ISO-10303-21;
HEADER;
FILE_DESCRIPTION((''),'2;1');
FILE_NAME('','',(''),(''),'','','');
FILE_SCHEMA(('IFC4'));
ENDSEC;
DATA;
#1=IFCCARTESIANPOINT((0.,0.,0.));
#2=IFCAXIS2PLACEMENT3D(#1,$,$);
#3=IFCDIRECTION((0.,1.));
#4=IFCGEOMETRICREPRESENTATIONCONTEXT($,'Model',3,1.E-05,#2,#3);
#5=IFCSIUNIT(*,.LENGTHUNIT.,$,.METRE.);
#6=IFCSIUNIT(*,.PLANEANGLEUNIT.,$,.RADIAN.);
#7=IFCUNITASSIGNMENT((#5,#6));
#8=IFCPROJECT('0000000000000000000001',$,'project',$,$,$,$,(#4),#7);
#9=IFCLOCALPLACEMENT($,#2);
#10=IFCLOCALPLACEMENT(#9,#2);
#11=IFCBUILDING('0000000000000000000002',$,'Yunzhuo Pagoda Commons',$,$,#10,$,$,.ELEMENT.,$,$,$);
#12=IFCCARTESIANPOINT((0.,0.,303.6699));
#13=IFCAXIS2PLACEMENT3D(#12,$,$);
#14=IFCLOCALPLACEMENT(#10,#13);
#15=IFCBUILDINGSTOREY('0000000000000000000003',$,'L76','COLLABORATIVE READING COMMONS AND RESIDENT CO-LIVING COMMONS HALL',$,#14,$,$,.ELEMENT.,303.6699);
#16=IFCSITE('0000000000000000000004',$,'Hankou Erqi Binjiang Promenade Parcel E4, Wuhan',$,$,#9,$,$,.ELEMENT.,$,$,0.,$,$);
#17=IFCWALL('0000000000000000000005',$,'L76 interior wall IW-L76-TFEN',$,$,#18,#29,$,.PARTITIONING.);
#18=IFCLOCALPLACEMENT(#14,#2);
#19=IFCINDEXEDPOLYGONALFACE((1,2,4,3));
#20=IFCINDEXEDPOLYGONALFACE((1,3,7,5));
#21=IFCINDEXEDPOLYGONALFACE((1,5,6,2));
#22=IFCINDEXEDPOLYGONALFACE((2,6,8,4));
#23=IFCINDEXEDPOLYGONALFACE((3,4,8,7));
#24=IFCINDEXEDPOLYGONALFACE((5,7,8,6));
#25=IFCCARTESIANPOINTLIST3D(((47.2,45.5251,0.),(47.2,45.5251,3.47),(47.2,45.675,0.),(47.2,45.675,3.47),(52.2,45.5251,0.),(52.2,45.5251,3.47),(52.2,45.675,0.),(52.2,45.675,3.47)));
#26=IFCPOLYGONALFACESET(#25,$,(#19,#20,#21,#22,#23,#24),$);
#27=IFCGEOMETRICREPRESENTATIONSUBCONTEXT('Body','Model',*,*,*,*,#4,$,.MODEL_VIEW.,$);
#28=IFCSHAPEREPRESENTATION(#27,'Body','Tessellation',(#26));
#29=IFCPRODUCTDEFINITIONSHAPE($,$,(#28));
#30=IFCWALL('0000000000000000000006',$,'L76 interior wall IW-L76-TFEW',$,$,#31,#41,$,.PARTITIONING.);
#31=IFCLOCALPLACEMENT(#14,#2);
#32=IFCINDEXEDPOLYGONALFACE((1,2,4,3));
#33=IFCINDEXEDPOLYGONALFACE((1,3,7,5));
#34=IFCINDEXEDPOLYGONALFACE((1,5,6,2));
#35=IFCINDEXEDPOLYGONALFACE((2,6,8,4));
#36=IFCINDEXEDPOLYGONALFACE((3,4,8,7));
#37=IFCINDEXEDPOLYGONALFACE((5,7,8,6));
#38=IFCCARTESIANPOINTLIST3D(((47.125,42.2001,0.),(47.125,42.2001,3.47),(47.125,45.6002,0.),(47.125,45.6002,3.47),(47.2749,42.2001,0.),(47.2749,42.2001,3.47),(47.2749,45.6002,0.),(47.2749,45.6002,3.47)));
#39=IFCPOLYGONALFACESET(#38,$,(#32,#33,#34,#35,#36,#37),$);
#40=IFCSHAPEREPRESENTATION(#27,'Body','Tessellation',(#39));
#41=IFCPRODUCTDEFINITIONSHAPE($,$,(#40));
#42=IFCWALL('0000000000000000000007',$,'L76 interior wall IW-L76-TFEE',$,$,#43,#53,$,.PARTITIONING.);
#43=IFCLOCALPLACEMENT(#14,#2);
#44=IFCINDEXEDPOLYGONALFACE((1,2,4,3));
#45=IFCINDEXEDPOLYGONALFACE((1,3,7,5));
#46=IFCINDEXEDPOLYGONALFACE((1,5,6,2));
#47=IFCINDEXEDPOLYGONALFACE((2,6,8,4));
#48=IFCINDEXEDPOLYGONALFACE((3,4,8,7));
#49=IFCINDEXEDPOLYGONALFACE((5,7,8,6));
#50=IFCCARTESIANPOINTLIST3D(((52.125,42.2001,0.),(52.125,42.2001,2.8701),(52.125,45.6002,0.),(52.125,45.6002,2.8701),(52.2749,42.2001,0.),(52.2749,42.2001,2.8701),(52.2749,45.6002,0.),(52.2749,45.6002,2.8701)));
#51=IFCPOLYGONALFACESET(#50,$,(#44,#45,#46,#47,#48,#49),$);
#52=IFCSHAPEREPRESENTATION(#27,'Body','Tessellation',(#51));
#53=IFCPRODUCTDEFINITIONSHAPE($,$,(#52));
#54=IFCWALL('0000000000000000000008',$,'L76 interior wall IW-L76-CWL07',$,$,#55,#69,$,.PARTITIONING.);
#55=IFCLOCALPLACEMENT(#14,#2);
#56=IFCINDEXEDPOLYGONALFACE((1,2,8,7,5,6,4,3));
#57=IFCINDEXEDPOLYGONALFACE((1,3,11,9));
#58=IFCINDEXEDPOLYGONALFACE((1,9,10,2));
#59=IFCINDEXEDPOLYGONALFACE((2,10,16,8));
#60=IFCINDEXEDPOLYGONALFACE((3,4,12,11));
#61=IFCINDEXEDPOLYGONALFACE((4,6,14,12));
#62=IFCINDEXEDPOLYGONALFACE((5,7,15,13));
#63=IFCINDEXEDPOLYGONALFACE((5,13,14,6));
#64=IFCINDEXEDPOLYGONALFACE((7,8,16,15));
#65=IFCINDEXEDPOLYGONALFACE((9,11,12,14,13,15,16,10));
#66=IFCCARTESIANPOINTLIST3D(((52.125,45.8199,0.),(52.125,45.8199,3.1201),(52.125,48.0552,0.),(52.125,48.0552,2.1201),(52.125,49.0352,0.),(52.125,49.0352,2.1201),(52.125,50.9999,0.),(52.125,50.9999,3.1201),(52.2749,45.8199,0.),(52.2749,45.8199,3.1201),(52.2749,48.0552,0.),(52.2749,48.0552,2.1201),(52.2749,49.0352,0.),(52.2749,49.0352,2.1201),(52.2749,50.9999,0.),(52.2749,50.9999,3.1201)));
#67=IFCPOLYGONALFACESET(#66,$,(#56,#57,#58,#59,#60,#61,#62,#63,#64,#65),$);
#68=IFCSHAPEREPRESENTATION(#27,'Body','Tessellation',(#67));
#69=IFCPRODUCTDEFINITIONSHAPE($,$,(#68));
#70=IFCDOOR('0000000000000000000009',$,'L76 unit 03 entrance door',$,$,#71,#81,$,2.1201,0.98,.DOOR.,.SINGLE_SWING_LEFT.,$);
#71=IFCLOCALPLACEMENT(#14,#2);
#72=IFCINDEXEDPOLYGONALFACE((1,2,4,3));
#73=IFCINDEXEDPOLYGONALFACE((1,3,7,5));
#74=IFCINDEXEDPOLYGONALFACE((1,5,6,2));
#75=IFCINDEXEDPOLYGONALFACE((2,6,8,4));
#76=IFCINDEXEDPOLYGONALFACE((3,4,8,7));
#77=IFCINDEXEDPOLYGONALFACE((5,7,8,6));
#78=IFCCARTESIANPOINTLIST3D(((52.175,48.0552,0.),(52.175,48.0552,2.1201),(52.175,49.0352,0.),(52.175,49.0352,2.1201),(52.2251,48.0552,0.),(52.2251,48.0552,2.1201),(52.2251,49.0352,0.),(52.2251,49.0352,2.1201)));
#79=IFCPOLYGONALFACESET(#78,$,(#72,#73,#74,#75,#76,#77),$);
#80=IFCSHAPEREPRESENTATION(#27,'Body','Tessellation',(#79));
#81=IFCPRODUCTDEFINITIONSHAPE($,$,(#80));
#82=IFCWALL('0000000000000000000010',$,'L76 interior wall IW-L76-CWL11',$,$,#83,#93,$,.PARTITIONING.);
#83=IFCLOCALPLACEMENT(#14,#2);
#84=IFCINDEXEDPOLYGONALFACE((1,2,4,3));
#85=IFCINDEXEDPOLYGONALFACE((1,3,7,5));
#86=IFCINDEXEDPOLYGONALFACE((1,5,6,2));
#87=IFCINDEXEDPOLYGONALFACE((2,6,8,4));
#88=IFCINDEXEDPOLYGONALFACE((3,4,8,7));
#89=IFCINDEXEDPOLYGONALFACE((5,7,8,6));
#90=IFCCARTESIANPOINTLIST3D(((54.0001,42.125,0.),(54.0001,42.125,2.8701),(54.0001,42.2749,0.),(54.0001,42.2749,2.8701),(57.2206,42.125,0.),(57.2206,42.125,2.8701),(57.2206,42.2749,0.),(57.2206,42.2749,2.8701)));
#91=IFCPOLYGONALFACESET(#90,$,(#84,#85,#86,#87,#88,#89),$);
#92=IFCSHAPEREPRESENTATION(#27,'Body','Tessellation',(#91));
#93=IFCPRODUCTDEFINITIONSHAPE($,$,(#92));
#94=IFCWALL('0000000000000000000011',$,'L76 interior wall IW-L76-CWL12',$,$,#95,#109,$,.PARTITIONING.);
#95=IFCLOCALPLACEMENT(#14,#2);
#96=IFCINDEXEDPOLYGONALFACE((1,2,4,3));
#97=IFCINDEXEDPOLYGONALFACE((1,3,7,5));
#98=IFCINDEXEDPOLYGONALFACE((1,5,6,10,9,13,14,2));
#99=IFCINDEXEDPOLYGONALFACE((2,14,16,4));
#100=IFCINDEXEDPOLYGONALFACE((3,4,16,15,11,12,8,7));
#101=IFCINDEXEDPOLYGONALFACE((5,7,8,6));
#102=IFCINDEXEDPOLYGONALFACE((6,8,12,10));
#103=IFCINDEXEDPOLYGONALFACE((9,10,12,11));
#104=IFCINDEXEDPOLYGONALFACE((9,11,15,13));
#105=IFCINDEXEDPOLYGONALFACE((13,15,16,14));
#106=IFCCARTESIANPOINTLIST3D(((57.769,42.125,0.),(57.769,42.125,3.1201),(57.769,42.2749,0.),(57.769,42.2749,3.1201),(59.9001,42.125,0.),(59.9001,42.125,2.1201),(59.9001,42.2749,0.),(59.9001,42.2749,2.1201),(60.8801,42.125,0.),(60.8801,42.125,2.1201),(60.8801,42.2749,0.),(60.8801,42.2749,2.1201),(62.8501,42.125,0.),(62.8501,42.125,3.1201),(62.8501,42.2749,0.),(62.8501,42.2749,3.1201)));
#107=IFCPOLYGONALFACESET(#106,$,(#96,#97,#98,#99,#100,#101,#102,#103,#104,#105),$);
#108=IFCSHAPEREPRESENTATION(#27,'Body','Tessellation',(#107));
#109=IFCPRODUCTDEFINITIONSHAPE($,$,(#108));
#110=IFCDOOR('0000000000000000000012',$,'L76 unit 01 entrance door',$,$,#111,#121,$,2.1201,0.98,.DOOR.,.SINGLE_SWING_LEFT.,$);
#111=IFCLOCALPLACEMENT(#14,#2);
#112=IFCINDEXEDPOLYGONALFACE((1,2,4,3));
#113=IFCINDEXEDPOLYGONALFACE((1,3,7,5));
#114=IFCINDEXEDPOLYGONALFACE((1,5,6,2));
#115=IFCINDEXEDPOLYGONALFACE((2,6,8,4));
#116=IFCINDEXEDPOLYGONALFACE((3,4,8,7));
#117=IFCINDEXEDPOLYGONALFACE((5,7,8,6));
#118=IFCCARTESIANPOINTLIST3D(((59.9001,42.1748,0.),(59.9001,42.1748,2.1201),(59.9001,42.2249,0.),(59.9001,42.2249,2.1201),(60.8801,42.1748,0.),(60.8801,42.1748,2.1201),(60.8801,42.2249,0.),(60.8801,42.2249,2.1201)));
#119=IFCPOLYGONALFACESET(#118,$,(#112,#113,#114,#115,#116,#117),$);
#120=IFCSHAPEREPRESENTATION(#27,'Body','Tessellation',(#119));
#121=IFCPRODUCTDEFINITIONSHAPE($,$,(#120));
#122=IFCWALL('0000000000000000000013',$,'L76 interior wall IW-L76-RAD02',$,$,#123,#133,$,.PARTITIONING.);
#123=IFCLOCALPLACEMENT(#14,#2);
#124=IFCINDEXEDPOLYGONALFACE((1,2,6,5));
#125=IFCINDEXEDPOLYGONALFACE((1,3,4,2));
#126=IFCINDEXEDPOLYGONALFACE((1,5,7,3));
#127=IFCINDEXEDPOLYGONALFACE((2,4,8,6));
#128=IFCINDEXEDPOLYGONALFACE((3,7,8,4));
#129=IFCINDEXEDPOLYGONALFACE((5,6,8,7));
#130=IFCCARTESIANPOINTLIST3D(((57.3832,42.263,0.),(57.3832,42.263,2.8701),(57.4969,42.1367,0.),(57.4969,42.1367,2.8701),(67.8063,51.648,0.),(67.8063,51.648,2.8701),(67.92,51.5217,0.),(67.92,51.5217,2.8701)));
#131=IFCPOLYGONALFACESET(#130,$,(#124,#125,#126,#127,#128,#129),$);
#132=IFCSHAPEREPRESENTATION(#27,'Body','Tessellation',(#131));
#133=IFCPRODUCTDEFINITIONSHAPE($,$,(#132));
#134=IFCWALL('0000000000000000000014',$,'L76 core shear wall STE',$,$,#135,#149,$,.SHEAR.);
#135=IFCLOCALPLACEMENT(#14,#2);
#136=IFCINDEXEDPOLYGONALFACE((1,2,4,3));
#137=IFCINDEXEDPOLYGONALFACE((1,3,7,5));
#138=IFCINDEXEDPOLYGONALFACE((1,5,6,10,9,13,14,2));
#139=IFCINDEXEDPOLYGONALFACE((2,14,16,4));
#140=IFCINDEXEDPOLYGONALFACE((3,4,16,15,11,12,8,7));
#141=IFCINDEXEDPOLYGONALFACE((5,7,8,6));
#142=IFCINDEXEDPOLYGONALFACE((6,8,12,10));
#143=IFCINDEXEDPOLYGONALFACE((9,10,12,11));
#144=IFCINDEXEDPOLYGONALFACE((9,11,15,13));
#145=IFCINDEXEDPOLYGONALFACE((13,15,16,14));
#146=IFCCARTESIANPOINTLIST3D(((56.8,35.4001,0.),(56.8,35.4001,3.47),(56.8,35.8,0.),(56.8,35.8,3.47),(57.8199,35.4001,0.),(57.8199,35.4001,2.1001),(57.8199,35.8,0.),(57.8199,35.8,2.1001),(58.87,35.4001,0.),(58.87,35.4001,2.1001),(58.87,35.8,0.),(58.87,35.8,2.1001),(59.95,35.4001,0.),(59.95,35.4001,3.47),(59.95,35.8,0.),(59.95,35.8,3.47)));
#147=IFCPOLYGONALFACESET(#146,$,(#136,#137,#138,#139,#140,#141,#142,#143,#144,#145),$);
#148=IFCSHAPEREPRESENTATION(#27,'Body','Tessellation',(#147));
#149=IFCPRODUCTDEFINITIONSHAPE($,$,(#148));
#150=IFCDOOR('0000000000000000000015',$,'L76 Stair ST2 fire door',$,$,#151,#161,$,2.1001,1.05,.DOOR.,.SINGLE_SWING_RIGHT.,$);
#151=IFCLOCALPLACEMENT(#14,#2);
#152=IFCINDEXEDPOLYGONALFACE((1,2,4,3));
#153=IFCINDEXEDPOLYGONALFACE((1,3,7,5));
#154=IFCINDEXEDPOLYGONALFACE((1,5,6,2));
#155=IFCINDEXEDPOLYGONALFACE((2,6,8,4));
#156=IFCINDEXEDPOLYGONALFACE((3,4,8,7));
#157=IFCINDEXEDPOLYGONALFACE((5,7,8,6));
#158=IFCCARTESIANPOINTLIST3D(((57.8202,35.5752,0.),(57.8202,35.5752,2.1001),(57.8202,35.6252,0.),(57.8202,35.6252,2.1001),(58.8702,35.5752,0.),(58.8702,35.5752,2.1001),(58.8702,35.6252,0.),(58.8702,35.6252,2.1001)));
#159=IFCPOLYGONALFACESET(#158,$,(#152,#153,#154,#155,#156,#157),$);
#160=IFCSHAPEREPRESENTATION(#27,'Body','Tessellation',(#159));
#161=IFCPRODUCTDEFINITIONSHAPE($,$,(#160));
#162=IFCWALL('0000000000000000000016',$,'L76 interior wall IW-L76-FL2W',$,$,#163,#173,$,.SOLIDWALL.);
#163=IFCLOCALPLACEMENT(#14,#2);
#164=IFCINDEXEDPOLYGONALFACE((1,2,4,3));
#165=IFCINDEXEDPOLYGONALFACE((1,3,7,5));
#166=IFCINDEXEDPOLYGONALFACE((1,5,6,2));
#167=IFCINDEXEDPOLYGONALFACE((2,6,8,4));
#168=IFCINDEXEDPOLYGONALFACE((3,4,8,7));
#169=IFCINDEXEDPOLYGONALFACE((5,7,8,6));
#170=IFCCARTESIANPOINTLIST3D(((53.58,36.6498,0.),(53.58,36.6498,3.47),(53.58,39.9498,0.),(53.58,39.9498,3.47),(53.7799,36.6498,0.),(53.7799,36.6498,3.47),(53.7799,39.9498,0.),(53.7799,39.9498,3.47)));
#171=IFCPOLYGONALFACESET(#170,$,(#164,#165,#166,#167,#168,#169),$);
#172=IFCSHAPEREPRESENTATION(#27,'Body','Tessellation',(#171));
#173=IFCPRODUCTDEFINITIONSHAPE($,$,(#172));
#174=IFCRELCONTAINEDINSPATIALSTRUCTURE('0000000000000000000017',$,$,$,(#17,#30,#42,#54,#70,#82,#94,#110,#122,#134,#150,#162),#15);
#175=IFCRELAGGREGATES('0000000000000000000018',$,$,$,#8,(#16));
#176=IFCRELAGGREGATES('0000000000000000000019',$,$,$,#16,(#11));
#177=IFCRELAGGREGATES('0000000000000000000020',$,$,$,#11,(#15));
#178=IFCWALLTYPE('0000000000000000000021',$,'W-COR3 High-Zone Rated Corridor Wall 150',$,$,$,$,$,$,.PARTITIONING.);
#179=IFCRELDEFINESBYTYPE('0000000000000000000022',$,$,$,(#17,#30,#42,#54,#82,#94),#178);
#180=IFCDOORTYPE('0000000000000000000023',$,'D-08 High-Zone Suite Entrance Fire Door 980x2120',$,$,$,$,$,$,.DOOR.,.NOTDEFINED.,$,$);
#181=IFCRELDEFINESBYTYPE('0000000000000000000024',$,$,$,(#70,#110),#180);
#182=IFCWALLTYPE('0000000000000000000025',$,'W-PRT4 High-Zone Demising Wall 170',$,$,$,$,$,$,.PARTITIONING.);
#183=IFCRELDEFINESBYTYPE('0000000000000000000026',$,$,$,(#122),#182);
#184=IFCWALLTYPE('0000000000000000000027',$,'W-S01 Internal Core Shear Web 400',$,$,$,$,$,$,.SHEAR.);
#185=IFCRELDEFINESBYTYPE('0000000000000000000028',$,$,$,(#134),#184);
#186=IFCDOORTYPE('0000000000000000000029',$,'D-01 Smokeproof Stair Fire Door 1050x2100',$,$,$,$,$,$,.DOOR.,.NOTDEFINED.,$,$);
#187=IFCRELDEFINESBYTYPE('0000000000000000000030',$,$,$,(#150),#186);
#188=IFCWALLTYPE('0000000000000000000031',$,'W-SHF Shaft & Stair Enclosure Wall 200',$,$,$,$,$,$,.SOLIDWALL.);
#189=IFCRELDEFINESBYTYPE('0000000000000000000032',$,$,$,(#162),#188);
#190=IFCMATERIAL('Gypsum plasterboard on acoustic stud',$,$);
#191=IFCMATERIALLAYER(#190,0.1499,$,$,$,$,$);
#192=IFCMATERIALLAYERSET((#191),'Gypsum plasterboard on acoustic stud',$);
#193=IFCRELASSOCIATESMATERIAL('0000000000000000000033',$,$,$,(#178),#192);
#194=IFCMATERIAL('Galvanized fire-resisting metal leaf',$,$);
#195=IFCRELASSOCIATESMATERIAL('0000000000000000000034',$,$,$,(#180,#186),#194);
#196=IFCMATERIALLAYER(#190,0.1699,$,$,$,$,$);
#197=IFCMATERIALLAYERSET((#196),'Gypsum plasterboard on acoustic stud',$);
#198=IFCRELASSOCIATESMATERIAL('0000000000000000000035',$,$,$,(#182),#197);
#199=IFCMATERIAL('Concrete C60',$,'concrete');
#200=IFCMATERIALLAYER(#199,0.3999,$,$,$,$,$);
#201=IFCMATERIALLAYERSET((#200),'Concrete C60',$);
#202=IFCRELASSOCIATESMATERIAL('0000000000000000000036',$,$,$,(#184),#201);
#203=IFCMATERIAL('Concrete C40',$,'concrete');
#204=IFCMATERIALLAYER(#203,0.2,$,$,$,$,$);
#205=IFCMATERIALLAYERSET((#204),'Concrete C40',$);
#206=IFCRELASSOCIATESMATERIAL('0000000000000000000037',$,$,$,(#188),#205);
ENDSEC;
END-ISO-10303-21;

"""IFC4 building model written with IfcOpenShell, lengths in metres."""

from ifc_helpers import new_model, si_unit, direction, frame, frame_2d, origin, origin_with_axes, place, context, subcontext, project, spatial, rectangle, extrude, source, transform, mapped, material, layer, layer_set, type_object, element, fill, save


model = new_model("IFC4")

# Units and contexts
model_context = context("Model", 3, precision=1e-05, world=origin(), true_north=direction((0.0, 1.0)))
body_context = subcontext(model_context, "Body", "Model", "MODEL_VIEW")
ifc_project = project(units=[si_unit("LENGTHUNIT", "METRE"), si_unit("PLANEANGLEUNIT", "RADIAN")], contexts=[model_context])

# Site, building, storey
site_placement = place(None, origin())
site = spatial("IfcSite", under=ifc_project, at=site_placement, Name="Hankou Erqi Binjiang Promenade Parcel E4, Wuhan", CompositionType="ELEMENT", RefElevation=0.0)
building_placement = place(site_placement, origin())
building = spatial("IfcBuilding", under=site, at=building_placement, Name="Yunzhuo Pagoda Commons", CompositionType="ELEMENT")
storey_placement = place(building_placement, frame((0.0, 0.0, 303.6699)))
storey = spatial("IfcBuildingStorey", under=building, at=storey_placement, Name="L76", Description="COLLABORATIVE READING COMMONS AND RESIDENT CO-LIVING COMMONS HALL", CompositionType="ELEMENT", Elevation=303.6699)

# Shared definitions
ifc_material_1 = material(Name="Galvanized fire-resisting metal leaf")
shared_shape_1 = source(origin(), body_context, "Body", "SweptSolid", [
    extrude(rectangle(XDim=1.05, YDim=2.1001, at=frame_2d((0.5249, 1.05))), frame((0.0, 0.0249, 0.0), z_axis=(0.0, -1.0, 0.0), x_axis=(1.0, 0.0, 0.0)), (0.0, 0.0, 1.0), 0.05),
])
ifc_material_2 = material(Name="Gypsum plasterboard on acoustic stud")
ifc_layer_1 = layer(ifc_material_2, 0.1499)
ifc_layer_set_1 = layer_set([ifc_layer_1], Name="Gypsum plasterboard on acoustic stud")
wall_type_1 = type_object("IfcWallType", Name="W-COR3 High-Zone Rated Corridor Wall 150", PredefinedType="PARTITIONING", material=ifc_layer_set_1)

# Walls
wall_1_placement = place(storey_placement, frame((47.2, 45.6001, 0.0), z_axis=(0.0, 0.0, 1.0), x_axis=(1.0, 0.0, 0.0)))
element("IfcWall", 1, at=wall_1_placement, inside=storey, type_object=wall_type_1, Name="L76 interior wall IW-L76-TFEN", PredefinedType="PARTITIONING", context=body_context, shape_type="SweptSolid", body=[
    extrude(rectangle(XDim=5.0, YDim=0.1499, at=frame_2d((2.5, 0.0))), origin(), (0.0, 0.0, 1.0), 3.47),
])
wall_2_placement = place(storey_placement, frame((47.2, 42.2, 0.0), z_axis=(0.0, 0.0, 1.0), x_axis=(0.0, 1.0, 0.0)))
element("IfcWall", 2, at=wall_2_placement, inside=storey, type_object=wall_type_1, Name="L76 interior wall IW-L76-TFEW", PredefinedType="PARTITIONING", context=body_context, shape_type="SweptSolid", body=[
    extrude(rectangle(XDim=3.4001, YDim=0.1499, at=frame_2d((1.7002, 0.0))), origin(), (0.0, 0.0, 1.0), 3.47),
])
wall_3_placement = place(storey_placement, frame((52.2, 42.2, 0.0), z_axis=(0.0, 0.0, 1.0), x_axis=(0.0, 1.0, 0.0)))
element("IfcWall", 3, at=wall_3_placement, inside=storey, type_object=wall_type_1, Name="L76 interior wall IW-L76-TFEE", PredefinedType="PARTITIONING", context=body_context, shape_type="SweptSolid", body=[
    extrude(rectangle(XDim=3.4001, YDim=0.1499, at=frame_2d((1.7002, 0.0))), origin(), (0.0, 0.0, 1.0), 2.8701),
])

# Wall, opening, door
wall_4_placement = place(storey_placement, frame((52.2, 45.8201, 0.0), z_axis=(0.0, 0.0, 1.0), x_axis=(0.0, 1.0, 0.0)))
wall_4 = element("IfcWall", 4, at=wall_4_placement, inside=storey, type_object=wall_type_1, Name="L76 interior wall IW-L76-CWL07", PredefinedType="PARTITIONING", context=body_context, shape_type="SweptSolid", body=[
    extrude(rectangle(XDim=5.1799, YDim=0.1499, at=frame_2d((2.5898, 0.0))), origin(), (0.0, 0.0, 1.0), 3.1201),
])
opening_1_placement = place(wall_4_placement, frame((2.2351, 0.0, 0.0)))
opening_1 = element("IfcOpeningElement", 5, at=opening_1_placement, cuts=wall_4, PredefinedType="OPENING", context=body_context, shape_type="SweptSolid", body=[
    extrude(rectangle(XDim=0.98, YDim=2.1201, at=frame_2d((0.49, 1.0601))), frame((0.0, 0.085, 0.0), z_axis=(0.0, -1.0, 0.0), x_axis=(1.0, 0.0, 0.0)), (0.0, 0.0, 1.0), 0.1699),
])
door_type_1 = type_object("IfcDoorType", Name="D-08 High-Zone Suite Entrance Fire Door 980x2120", OperationType="NOTDEFINED", PredefinedType="DOOR", material=ifc_material_1)
shared_shape_2 = source(origin(), body_context, "Body", "SweptSolid", [
    extrude(rectangle(XDim=0.98, YDim=2.1201, at=frame_2d((0.49, 1.0601))), frame((0.0, 0.0249, 0.0), z_axis=(0.0, -1.0, 0.0), x_axis=(1.0, 0.0, 0.0)), (0.0, 0.0, 1.0), 0.05),
])
door_1_placement = place(opening_1_placement, origin_with_axes())
door_1 = element("IfcDoor", 6, at=door_1_placement, inside=storey, type_object=door_type_1, Name="L76 unit 03 entrance door", OperationType="SINGLE_SWING_LEFT", OverallHeight=2.1201, OverallWidth=0.98, PredefinedType="DOOR", context=body_context, shape_type="MappedRepresentation", body=[
    mapped(shared_shape_2, transform((0.0, 0.0, 0.0), scale=1.0)),
])
fill(opening_1, door_1)

# Wall
wall_5_placement = place(storey_placement, frame((54.0, 42.2, 0.0), z_axis=(0.0, 0.0, 1.0), x_axis=(1.0, 0.0, 0.0)))
element("IfcWall", 7, at=wall_5_placement, inside=storey, type_object=wall_type_1, Name="L76 interior wall IW-L76-CWL11", PredefinedType="PARTITIONING", context=body_context, shape_type="SweptSolid", body=[
    extrude(rectangle(XDim=3.2205, YDim=0.1499, at=frame_2d((1.6104, 0.0))), origin(), (0.0, 0.0, 1.0), 2.8701),
])

# Wall, opening, door
wall_6_placement = place(storey_placement, frame((57.769, 42.2, 0.0), z_axis=(0.0, 0.0, 1.0), x_axis=(1.0, 0.0, 0.0)))
wall_6 = element("IfcWall", 8, at=wall_6_placement, inside=storey, type_object=wall_type_1, Name="L76 interior wall IW-L76-CWL12", PredefinedType="PARTITIONING", context=body_context, shape_type="SweptSolid", body=[
    extrude(rectangle(XDim=5.0811, YDim=0.1499, at=frame_2d((2.5405, 0.0))), origin(), (0.0, 0.0, 1.0), 3.1201),
])
opening_2_placement = place(wall_6_placement, frame((2.1311, 0.0, 0.0)))
opening_2 = element("IfcOpeningElement", 9, at=opening_2_placement, cuts=wall_6, PredefinedType="OPENING", context=body_context, shape_type="SweptSolid", body=[
    extrude(rectangle(XDim=0.98, YDim=2.1201, at=frame_2d((0.49, 1.0601))), frame((0.0, 0.085, 0.0), z_axis=(0.0, -1.0, 0.0), x_axis=(1.0, 0.0, 0.0)), (0.0, 0.0, 1.0), 0.1699),
])
door_2_placement = place(opening_2_placement, origin_with_axes())
door_2 = element("IfcDoor", 10, at=door_2_placement, inside=storey, type_object=door_type_1, Name="L76 unit 01 entrance door", OperationType="SINGLE_SWING_LEFT", OverallHeight=2.1201, OverallWidth=0.98, PredefinedType="DOOR", context=body_context, shape_type="MappedRepresentation", body=[
    mapped(shared_shape_2, transform((0.0, 0.0, 0.0), scale=1.0)),
])
fill(opening_2, door_2)

# Wall
ifc_layer_2 = layer(ifc_material_2, 0.1699)
ifc_layer_set_2 = layer_set([ifc_layer_2], Name="Gypsum plasterboard on acoustic stud")
wall_type_2 = type_object("IfcWallType", Name="W-PRT4 High-Zone Demising Wall 170", PredefinedType="PARTITIONING", material=ifc_layer_set_2)
wall_7_placement = place(storey_placement, frame((57.4402, 42.2, 0.0), z_axis=(0.0, 0.0, 1.0), x_axis=(0.743144, 0.669131, 0.0)))
element("IfcWall", 11, at=wall_7_placement, inside=storey, type_object=wall_type_2, Name="L76 interior wall IW-L76-RAD02", PredefinedType="PARTITIONING", context=body_context, shape_type="SweptSolid", body=[
    extrude(rectangle(XDim=14.0256, YDim=0.1699, at=frame_2d((7.0127, 0.0))), origin(), (0.0, 0.0, 1.0), 2.8701),
])

# Wall, opening, door
ifc_material_3 = material(Name="Concrete C60", Category="concrete")
ifc_layer_3 = layer(ifc_material_3, 0.3999)
ifc_layer_set_3 = layer_set([ifc_layer_3], Name="Concrete C60")
wall_type_3 = type_object("IfcWallType", Name="W-S01 Internal Core Shear Web 400", PredefinedType="SHEAR", material=ifc_layer_set_3)
wall_8_placement = place(storey_placement, frame((56.8, 35.6001, 0.0), z_axis=(0.0, 0.0, 1.0), x_axis=(1.0, 0.0, 0.0)))
wall_8 = element("IfcWall", 12, at=wall_8_placement, inside=storey, type_object=wall_type_3, Name="L76 core shear wall STE", PredefinedType="SHEAR", context=body_context, shape_type="SweptSolid", body=[
    extrude(rectangle(XDim=3.1499, YDim=0.3999, at=frame_2d((1.575, 0.0))), origin(), (0.0, 0.0, 1.0), 3.47),
])
opening_3_placement = place(wall_8_placement, frame((1.02, 0.0, 0.0)))
opening_3 = element("IfcOpeningElement", 13, at=opening_3_placement, cuts=wall_8, PredefinedType="OPENING", context=body_context, shape_type="SweptSolid", body=[
    extrude(rectangle(XDim=1.05, YDim=2.1001, at=frame_2d((0.5249, 1.05))), frame((0.0, 0.21, 0.0), z_axis=(0.0, -1.0, 0.0), x_axis=(1.0, 0.0, 0.0)), (0.0, 0.0, 1.0), 0.4199),
])
door_type_2 = type_object("IfcDoorType", Name="D-01 Smokeproof Stair Fire Door 1050x2100", OperationType="NOTDEFINED", PredefinedType="DOOR", material=ifc_material_1)
door_3_placement = place(opening_3_placement, frame((1.05, 0.0, 0.0), z_axis=(0.0, 0.0, 1.0), x_axis=(-1.0, 0.0, 0.0)))
door_3 = element("IfcDoor", 14, at=door_3_placement, inside=storey, type_object=door_type_2, Name="L76 Stair ST2 fire door", OperationType="SINGLE_SWING_RIGHT", OverallHeight=2.1001, OverallWidth=1.05, PredefinedType="DOOR", context=body_context, shape_type="MappedRepresentation", body=[
    mapped(shared_shape_1, transform((0.0, 0.0, 0.0), scale=1.0)),
])
fill(opening_3, door_3)

# Wall
ifc_material_4 = material(Name="Concrete C40", Category="concrete")
ifc_layer_4 = layer(ifc_material_4, 0.2)
ifc_layer_set_4 = layer_set([ifc_layer_4], Name="Concrete C40")
wall_type_4 = type_object("IfcWallType", Name="W-SHF Shaft & Stair Enclosure Wall 200", PredefinedType="SOLIDWALL", material=ifc_layer_set_4)
wall_9_placement = place(storey_placement, frame((53.6799, 36.6499, 0.0), z_axis=(0.0, 0.0, 1.0), x_axis=(0.0, 1.0, 0.0)))
element("IfcWall", 15, at=wall_9_placement, inside=storey, type_object=wall_type_4, Name="L76 interior wall IW-L76-FL2W", PredefinedType="SOLIDWALL", context=body_context, shape_type="SweptSolid", body=[
    extrude(rectangle(XDim=3.3, YDim=0.2, at=frame_2d((1.6499, 0.0))), origin(), (0.0, 0.0, 1.0), 3.47),
])

save(model, "model.ifc")
